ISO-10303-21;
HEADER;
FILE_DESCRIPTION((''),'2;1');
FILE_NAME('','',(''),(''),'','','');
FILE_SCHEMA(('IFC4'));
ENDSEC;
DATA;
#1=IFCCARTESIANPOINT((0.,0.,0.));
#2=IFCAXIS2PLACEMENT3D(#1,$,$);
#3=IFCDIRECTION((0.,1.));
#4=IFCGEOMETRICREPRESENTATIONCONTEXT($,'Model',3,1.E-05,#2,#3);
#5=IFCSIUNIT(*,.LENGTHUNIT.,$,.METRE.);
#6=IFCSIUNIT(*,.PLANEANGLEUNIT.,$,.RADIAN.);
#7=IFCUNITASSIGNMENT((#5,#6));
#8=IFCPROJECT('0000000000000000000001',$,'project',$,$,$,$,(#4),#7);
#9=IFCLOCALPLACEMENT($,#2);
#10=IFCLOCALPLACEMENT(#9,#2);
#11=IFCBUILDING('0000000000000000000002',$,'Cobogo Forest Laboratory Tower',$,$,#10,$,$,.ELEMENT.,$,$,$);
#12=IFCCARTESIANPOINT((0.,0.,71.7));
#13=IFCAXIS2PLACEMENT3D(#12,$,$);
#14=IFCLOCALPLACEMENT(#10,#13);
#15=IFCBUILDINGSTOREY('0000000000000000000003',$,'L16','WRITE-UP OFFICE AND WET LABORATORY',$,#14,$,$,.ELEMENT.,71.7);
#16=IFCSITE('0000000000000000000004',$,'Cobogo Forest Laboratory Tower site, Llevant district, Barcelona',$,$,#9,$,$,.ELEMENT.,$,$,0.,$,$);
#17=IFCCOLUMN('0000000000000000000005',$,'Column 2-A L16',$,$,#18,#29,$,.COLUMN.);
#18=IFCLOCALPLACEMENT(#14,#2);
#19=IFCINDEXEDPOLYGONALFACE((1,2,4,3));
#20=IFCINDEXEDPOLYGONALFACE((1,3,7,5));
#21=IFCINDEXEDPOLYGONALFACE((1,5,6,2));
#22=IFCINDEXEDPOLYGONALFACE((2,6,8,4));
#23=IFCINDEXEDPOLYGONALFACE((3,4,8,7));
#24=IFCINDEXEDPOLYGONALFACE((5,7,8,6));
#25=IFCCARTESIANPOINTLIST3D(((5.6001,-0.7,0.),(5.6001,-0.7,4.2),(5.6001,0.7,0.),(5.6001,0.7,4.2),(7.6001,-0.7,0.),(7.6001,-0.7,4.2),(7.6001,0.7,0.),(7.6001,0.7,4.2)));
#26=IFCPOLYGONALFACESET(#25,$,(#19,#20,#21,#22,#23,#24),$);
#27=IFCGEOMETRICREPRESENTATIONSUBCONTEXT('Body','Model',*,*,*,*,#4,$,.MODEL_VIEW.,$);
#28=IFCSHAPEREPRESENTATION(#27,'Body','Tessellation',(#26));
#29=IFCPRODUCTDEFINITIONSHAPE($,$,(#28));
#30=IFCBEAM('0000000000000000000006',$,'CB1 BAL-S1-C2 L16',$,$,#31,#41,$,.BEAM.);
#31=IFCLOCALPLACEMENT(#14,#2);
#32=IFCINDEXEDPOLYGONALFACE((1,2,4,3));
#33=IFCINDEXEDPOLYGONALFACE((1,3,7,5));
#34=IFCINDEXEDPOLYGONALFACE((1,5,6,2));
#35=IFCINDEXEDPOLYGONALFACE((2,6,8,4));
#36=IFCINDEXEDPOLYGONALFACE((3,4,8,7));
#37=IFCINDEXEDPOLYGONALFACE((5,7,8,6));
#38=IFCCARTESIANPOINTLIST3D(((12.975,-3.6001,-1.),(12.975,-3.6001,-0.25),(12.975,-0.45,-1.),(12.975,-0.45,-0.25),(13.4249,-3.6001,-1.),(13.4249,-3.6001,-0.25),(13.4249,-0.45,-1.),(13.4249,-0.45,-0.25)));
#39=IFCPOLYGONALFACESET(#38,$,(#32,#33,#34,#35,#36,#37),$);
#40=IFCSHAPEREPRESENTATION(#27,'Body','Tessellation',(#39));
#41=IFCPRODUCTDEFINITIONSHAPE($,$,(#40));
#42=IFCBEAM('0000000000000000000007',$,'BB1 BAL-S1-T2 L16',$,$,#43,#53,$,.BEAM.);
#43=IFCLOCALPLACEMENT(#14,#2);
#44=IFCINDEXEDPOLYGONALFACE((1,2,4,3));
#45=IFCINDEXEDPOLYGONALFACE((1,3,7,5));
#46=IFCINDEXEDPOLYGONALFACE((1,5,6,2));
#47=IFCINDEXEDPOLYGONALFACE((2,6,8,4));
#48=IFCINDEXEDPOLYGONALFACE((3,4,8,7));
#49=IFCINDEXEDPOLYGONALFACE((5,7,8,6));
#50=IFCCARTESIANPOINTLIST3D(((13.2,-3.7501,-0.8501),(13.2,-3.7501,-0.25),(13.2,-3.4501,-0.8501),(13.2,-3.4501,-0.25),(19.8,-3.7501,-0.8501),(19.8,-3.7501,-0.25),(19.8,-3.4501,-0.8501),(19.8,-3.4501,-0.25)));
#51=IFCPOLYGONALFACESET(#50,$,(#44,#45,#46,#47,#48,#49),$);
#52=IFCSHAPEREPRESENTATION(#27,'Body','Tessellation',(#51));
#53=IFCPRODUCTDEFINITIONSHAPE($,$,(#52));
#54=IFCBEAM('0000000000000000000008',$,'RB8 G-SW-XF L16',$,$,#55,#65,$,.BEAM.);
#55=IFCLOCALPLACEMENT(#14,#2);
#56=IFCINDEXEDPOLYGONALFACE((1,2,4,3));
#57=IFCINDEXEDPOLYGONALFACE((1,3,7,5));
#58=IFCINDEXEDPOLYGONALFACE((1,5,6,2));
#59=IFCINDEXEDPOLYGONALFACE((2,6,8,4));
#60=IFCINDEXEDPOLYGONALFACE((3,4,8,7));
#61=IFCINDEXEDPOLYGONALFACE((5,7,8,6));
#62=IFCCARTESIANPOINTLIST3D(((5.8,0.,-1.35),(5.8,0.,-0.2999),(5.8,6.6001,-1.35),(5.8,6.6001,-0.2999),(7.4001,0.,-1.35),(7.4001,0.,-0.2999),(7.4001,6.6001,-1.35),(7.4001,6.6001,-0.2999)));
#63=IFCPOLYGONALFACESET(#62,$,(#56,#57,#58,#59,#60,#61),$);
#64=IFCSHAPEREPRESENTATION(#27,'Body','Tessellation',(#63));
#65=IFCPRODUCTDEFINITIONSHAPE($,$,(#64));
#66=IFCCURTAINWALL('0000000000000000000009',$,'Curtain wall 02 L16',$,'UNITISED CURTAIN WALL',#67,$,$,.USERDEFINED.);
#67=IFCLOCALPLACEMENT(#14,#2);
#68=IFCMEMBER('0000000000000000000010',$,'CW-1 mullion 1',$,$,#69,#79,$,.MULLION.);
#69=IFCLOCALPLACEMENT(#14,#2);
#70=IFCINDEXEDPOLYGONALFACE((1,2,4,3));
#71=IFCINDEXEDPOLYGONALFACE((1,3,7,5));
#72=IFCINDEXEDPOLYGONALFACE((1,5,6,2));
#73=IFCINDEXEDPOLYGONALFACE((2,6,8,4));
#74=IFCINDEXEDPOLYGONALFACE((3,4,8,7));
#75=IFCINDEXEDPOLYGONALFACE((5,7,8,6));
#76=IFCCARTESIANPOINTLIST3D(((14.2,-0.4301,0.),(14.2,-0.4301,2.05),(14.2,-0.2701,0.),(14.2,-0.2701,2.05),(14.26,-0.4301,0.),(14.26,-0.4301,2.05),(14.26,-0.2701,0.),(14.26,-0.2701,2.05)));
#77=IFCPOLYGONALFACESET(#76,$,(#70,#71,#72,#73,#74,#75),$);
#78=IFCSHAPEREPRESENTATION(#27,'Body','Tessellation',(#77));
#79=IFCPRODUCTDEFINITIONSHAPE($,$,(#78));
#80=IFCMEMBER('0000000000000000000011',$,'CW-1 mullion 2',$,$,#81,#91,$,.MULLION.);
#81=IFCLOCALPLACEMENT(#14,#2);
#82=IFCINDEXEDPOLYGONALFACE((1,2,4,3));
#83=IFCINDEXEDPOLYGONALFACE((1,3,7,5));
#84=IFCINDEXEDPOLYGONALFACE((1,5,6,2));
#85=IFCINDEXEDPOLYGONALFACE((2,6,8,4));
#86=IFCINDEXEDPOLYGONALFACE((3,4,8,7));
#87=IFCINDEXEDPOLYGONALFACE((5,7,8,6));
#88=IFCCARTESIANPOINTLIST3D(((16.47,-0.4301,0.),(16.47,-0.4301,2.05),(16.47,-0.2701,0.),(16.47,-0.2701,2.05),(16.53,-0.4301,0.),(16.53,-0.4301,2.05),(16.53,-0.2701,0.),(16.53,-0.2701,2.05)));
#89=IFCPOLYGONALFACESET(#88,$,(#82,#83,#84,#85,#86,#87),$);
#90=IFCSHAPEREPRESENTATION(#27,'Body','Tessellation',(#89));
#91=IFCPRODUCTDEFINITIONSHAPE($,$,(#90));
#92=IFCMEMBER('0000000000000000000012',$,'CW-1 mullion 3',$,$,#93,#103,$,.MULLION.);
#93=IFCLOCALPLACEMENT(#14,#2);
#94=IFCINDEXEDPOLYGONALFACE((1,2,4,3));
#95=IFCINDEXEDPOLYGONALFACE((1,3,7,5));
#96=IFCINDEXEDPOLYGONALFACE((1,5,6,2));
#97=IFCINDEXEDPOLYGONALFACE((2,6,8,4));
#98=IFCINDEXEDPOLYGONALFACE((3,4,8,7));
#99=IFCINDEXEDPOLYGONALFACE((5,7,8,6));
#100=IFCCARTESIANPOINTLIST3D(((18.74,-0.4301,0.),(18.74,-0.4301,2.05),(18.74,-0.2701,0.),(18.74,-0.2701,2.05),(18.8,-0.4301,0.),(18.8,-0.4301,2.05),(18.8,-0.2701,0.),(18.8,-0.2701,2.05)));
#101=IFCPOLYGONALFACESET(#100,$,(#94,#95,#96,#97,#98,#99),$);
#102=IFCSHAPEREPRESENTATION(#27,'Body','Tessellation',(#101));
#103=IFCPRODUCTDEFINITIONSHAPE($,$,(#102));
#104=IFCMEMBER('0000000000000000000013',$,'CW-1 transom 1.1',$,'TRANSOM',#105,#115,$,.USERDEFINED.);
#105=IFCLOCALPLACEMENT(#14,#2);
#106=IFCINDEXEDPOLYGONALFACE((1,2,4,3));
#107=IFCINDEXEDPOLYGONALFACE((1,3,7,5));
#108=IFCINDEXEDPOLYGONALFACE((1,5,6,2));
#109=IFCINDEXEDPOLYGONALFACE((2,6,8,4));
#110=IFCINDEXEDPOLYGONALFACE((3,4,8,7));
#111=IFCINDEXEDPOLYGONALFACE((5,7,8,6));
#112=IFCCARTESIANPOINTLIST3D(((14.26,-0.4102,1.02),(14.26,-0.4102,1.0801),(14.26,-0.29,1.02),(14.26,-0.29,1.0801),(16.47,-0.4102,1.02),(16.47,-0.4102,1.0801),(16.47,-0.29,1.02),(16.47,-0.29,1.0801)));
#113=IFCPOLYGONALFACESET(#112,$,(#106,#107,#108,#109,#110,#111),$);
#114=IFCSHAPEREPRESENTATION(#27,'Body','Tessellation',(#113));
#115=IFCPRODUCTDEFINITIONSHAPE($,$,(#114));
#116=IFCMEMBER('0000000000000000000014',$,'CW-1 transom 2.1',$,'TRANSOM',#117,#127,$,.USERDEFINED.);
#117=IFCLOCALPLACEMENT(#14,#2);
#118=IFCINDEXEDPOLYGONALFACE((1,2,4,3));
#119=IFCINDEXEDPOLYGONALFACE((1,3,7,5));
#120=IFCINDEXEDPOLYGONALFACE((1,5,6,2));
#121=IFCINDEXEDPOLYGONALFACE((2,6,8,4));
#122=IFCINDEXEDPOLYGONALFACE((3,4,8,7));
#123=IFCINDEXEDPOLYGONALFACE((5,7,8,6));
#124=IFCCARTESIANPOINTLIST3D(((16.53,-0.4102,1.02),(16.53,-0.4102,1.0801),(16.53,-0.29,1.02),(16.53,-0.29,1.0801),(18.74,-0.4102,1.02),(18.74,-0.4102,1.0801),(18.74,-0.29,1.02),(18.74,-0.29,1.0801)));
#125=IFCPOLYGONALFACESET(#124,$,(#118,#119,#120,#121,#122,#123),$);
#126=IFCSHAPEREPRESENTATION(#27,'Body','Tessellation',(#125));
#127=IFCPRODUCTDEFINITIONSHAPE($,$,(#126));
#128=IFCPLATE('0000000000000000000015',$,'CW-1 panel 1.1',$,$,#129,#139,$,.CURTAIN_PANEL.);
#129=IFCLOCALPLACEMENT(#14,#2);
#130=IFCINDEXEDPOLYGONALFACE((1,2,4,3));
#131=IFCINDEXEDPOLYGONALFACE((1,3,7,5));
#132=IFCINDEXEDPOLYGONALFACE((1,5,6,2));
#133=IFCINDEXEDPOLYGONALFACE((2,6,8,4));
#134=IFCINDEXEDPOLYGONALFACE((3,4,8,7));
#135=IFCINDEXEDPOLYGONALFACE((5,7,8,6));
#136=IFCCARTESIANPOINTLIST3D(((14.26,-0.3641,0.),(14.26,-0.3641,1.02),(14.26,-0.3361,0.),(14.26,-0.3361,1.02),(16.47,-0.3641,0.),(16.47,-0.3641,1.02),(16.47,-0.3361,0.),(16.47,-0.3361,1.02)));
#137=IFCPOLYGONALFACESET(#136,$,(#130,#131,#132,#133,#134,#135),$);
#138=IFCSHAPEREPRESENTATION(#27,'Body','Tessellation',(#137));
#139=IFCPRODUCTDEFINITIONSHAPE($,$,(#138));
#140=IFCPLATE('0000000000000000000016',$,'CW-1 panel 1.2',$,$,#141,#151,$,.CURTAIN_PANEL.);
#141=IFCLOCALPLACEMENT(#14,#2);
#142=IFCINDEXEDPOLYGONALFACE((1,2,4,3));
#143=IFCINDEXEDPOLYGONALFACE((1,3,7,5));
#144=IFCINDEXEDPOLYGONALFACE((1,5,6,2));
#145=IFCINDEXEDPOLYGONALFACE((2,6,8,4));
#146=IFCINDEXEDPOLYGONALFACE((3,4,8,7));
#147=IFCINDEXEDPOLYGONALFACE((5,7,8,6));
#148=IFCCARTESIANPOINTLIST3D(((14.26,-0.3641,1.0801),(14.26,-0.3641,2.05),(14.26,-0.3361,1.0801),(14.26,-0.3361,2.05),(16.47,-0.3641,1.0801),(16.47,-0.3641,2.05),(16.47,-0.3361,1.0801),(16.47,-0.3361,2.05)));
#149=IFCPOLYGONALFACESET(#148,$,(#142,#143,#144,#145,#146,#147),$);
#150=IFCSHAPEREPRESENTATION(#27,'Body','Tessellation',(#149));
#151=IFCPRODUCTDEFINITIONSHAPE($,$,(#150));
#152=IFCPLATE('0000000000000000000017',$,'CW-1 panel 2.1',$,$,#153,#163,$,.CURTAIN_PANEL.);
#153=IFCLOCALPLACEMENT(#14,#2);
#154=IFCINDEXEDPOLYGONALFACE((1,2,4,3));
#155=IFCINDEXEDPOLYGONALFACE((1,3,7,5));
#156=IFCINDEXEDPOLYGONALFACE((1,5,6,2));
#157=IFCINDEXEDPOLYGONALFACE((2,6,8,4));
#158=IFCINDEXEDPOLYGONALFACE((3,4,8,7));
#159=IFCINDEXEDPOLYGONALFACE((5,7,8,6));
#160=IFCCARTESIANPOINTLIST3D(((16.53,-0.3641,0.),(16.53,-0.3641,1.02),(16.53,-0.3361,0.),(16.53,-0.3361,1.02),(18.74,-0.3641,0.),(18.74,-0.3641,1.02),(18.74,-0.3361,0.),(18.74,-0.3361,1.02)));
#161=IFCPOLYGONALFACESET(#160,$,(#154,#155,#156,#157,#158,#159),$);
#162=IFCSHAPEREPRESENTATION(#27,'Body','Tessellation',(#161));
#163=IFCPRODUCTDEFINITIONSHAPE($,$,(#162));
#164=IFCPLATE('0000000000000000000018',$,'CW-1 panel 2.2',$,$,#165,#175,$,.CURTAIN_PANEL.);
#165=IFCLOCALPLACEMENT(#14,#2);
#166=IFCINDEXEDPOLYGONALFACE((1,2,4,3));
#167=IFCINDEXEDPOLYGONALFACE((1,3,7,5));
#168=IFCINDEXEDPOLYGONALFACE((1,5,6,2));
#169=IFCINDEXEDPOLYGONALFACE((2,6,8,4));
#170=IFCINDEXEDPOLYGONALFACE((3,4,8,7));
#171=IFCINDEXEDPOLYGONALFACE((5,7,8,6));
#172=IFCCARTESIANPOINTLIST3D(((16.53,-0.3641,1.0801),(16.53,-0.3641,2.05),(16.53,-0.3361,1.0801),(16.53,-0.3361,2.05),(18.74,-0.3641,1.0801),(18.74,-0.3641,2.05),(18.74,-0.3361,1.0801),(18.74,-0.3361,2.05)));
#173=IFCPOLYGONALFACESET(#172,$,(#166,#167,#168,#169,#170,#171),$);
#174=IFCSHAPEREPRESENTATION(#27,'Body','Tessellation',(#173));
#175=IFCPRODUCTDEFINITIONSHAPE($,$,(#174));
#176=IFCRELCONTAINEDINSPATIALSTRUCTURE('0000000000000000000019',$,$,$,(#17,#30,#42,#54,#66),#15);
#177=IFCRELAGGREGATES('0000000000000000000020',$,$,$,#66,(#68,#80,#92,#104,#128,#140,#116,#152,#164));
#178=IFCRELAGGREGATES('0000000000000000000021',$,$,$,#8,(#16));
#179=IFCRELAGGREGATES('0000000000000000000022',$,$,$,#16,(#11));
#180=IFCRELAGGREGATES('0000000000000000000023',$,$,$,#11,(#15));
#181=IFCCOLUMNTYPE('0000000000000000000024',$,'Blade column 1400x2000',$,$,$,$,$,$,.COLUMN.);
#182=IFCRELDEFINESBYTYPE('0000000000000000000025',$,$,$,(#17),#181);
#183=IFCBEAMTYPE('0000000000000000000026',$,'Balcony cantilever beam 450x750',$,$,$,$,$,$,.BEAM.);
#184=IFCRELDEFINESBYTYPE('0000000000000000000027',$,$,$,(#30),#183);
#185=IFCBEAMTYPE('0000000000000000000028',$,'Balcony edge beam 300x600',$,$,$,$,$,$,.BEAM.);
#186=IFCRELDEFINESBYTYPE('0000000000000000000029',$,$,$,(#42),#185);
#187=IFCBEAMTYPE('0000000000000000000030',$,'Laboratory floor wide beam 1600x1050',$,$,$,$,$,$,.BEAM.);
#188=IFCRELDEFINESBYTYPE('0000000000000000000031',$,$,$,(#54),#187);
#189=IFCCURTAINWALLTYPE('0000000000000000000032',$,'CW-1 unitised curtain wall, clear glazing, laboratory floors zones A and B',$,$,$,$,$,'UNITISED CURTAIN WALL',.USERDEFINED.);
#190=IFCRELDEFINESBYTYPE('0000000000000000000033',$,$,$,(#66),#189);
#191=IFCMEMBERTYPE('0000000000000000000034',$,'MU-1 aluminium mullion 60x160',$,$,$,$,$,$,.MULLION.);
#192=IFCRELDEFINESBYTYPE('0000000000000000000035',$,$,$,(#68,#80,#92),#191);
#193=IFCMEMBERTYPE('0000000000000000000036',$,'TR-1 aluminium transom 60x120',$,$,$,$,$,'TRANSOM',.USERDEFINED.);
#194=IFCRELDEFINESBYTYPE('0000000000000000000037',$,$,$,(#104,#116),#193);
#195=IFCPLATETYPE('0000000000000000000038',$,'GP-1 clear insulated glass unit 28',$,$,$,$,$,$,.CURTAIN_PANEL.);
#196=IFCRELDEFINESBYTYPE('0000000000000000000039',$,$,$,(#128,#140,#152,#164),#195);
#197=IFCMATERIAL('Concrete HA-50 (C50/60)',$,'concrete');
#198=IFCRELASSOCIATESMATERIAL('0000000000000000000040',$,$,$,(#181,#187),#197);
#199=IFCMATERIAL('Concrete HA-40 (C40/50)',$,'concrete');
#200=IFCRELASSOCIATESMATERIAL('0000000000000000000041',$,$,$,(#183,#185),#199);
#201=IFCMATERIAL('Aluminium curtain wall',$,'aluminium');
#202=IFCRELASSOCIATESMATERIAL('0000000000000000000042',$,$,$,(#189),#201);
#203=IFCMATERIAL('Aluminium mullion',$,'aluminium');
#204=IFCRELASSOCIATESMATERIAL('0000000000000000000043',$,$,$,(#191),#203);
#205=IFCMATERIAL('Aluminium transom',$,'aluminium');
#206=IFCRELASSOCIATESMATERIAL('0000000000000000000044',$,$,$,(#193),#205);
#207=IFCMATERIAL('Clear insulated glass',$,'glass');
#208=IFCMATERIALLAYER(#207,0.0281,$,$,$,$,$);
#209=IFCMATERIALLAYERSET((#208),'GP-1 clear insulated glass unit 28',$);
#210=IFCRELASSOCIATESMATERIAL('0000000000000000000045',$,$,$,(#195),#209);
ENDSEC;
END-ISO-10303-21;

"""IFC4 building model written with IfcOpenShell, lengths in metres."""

from ifc_helpers import new_model, si_unit, direction, frame, origin, origin_2d, place, context, subcontext, project, spatial, rectangle, extrude, material, layer, layer_set, material_profile, profile_set, type_object, element, aggregate, save


model = new_model("IFC4")

# Units and contexts
model_context = context("Model", 3, precision=1e-05, world=origin(), true_north=direction((0.0, 1.0)))
body_context = subcontext(model_context, "Body", "Model", "MODEL_VIEW")
ifc_project = project(units=[si_unit("LENGTHUNIT", "METRE"), si_unit("PLANEANGLEUNIT", "RADIAN")], contexts=[model_context])

# Site, building, storey
site_placement = place(None, origin())
site = spatial("IfcSite", under=ifc_project, at=site_placement, Name="Cobogo Forest Laboratory Tower site, Llevant district, Barcelona", CompositionType="ELEMENT", RefElevation=0.0)
building_placement = place(site_placement, origin())
building = spatial("IfcBuilding", under=site, at=building_placement, Name="Cobogo Forest Laboratory Tower", CompositionType="ELEMENT")
storey_placement = place(building_placement, frame((0.0, 0.0, 71.7)))
storey = spatial("IfcBuildingStorey", under=building, at=storey_placement, Name="L16", Description="WRITE-UP OFFICE AND WET LABORATORY", CompositionType="ELEMENT", Elevation=71.7)

# Column
ifc_material_1 = material(Name="Concrete HA-50 (C50/60)", Category="concrete")
ifc_material_profile_1 = material_profile(ifc_material_1, rectangle(XDim=2.0, YDim=1.3999, at=origin_2d()), Name="RC 1400x2000")
ifc_profile_set_1 = profile_set([ifc_material_profile_1], Name="Concrete HA-50 (C50/60)")
column_type = type_object("IfcColumnType", Name="Blade column 1400x2000", PredefinedType="COLUMN", material=ifc_profile_set_1)
column_placement = place(storey_placement, frame((6.6001, 0.0, 0.0), z_axis=(0.0, 0.0, 1.0), x_axis=(1.0, 0.0, 0.0)))
element("IfcColumn", 1, at=column_placement, inside=storey, type_object=column_type, Name="Column 2-A L16", PredefinedType="COLUMN", context=body_context, shape_type="SweptSolid", body=[
    extrude(rectangle(XDim=2.0, YDim=1.3999, at=origin_2d()), origin(), (0.0, 0.0, 1.0), 4.2),
])

# Beams
ifc_material_2 = material(Name="Concrete HA-40 (C40/50)", Category="concrete")
ifc_material_profile_2 = material_profile(ifc_material_2, rectangle(XDim=0.45, YDim=0.75, at=origin_2d()), Name="RC 450x750")
ifc_profile_set_2 = profile_set([ifc_material_profile_2], Name="Concrete HA-40 (C40/50)")
beam_type_1 = type_object("IfcBeamType", Name="Balcony cantilever beam 450x750", PredefinedType="BEAM", material=ifc_profile_set_2)
beam_1_placement = place(storey_placement, frame((13.2, -0.45, -0.625), z_axis=(0.0, -1.0, 0.0), x_axis=(1.0, 0.0, 0.0)))
element("IfcBeam", 2, at=beam_1_placement, inside=storey, type_object=beam_type_1, Name="CB1 BAL-S1-C2 L16", PredefinedType="BEAM", context=body_context, shape_type="SweptSolid", body=[
    extrude(rectangle(XDim=0.45, YDim=0.75, at=origin_2d()), origin(), (0.0, 0.0, 1.0), 3.1501),
])
ifc_material_profile_3 = material_profile(ifc_material_2, rectangle(XDim=0.3, YDim=0.6001, at=origin_2d()), Name="RC 300x600")
ifc_profile_set_3 = profile_set([ifc_material_profile_3], Name="Concrete HA-40 (C40/50)")
beam_type_2 = type_object("IfcBeamType", Name="Balcony edge beam 300x600", PredefinedType="BEAM", material=ifc_profile_set_3)
beam_2_placement = place(storey_placement, frame((13.2, -3.6001, -0.55), z_axis=(1.0, 0.0, 0.0), x_axis=(0.0, 1.0, 0.0)))
element("IfcBeam", 3, at=beam_2_placement, inside=storey, type_object=beam_type_2, Name="BB1 BAL-S1-T2 L16", PredefinedType="BEAM", context=body_context, shape_type="SweptSolid", body=[
    extrude(rectangle(XDim=0.3, YDim=0.6001, at=origin_2d()), origin(), (0.0, 0.0, 1.0), 6.6001),
])
ifc_material_profile_4 = material_profile(ifc_material_1, rectangle(XDim=1.6001, YDim=1.05, at=origin_2d()), Name="RC 1600x1050")
ifc_profile_set_4 = profile_set([ifc_material_profile_4], Name="Concrete HA-50 (C50/60)")
beam_type_3 = type_object("IfcBeamType", Name="Laboratory floor wide beam 1600x1050", PredefinedType="BEAM", material=ifc_profile_set_4)
beam_3_placement = place(storey_placement, frame((6.6001, 0.0, -0.825), z_axis=(0.0, 1.0, 0.0), x_axis=(-1.0, 0.0, 0.0)))
element("IfcBeam", 4, at=beam_3_placement, inside=storey, type_object=beam_type_3, Name="RB8 G-SW-XF L16", PredefinedType="BEAM", context=body_context, shape_type="SweptSolid", body=[
    extrude(rectangle(XDim=1.6001, YDim=1.05, at=origin_2d()), origin(), (0.0, 0.0, 1.0), 6.6001),
])

# Curtain wall, members, plates
ifc_material_3 = material(Name="Aluminium curtain wall", Category="aluminium")
curtain_wall_type = type_object("IfcCurtainWallType", Name="CW-1 unitised curtain wall, clear glazing, laboratory floors zones A and B", ElementType="UNITISED CURTAIN WALL", PredefinedType="USERDEFINED", material=ifc_material_3)
curtain_wall_placement = place(storey_placement, origin())
curtain_wall = element("IfcCurtainWall", 5, at=curtain_wall_placement, inside=storey, type_object=curtain_wall_type, Name="Curtain wall 02 L16", ObjectType="UNITISED CURTAIN WALL", PredefinedType="USERDEFINED")
ifc_material_4 = material(Name="Aluminium mullion", Category="aluminium")
ifc_material_profile_5 = material_profile(ifc_material_4, rectangle(XDim=0.0601, YDim=0.1599, at=origin_2d()), Name="AL 60x160")
ifc_profile_set_5 = profile_set([ifc_material_profile_5], Name="Aluminium mullion")
member_type_1 = type_object("IfcMemberType", Name="MU-1 aluminium mullion 60x160", PredefinedType="MULLION", material=ifc_profile_set_5)
member_1_placement = place(storey_placement, frame((14.23, -0.3501, 0.0), z_axis=(0.0, 0.0, 1.0), x_axis=(1.0, 0.0, 0.0)))
member_1 = element("IfcMember", 6, at=member_1_placement, type_object=member_type_1, Name="CW-1 mullion 1", PredefinedType="MULLION", context=body_context, shape_type="SweptSolid", body=[
    extrude(rectangle(XDim=0.0601, YDim=0.1599, at=origin_2d()), origin(), (0.0, 0.0, 1.0), 2.05),
])
member_2_placement = place(storey_placement, frame((16.5, -0.3501, 0.0), z_axis=(0.0, 0.0, 1.0), x_axis=(1.0, 0.0, 0.0)))
member_2 = element("IfcMember", 7, at=member_2_placement, type_object=member_type_1, Name="CW-1 mullion 2", PredefinedType="MULLION", context=body_context, shape_type="SweptSolid", body=[
    extrude(rectangle(XDim=0.0601, YDim=0.1599, at=origin_2d()), origin(), (0.0, 0.0, 1.0), 2.05),
])
member_3_placement = place(storey_placement, frame((18.77, -0.3501, 0.0), z_axis=(0.0, 0.0, 1.0), x_axis=(1.0, 0.0, 0.0)))
member_3 = element("IfcMember", 8, at=member_3_placement, type_object=member_type_1, Name="CW-1 mullion 3", PredefinedType="MULLION", context=body_context, shape_type="SweptSolid", body=[
    extrude(rectangle(XDim=0.0601, YDim=0.1599, at=origin_2d()), origin(), (0.0, 0.0, 1.0), 2.05),
])
ifc_material_5 = material(Name="Aluminium transom", Category="aluminium")
ifc_material_profile_6 = material_profile(ifc_material_5, rectangle(XDim=0.1201, YDim=0.0601, at=origin_2d()), Name="AL 60x120")
ifc_profile_set_6 = profile_set([ifc_material_profile_6], Name="Aluminium transom")
member_type_2 = type_object("IfcMemberType", Name="TR-1 aluminium transom 60x120", ElementType="TRANSOM", PredefinedType="USERDEFINED", material=ifc_profile_set_6)
member_4_placement = place(storey_placement, frame((14.26, -0.3501, 1.05), z_axis=(1.0, 0.0, 0.0), x_axis=(0.0, 1.0, 0.0)))
member_4 = element("IfcMember", 9, at=member_4_placement, type_object=member_type_2, Name="CW-1 transom 1.1", ObjectType="TRANSOM", PredefinedType="USERDEFINED", context=body_context, shape_type="SweptSolid", body=[
    extrude(rectangle(XDim=0.1201, YDim=0.0601, at=origin_2d()), origin(), (0.0, 0.0, 1.0), 2.21),
])
member_5_placement = place(storey_placement, frame((16.53, -0.3501, 1.05), z_axis=(1.0, 0.0, 0.0), x_axis=(0.0, 1.0, 0.0)))
member_5 = element("IfcMember", 10, at=member_5_placement, type_object=member_type_2, Name="CW-1 transom 2.1", ObjectType="TRANSOM", PredefinedType="USERDEFINED", context=body_context, shape_type="SweptSolid", body=[
    extrude(rectangle(XDim=0.1201, YDim=0.0601, at=origin_2d()), origin(), (0.0, 0.0, 1.0), 2.21),
])
ifc_material_6 = material(Name="Clear insulated glass", Category="glass")
ifc_layer_1 = layer(ifc_material_6, 0.0281)
ifc_layer_set_1 = layer_set([ifc_layer_1], Name="GP-1 clear insulated glass unit 28")
plate_type = type_object("IfcPlateType", Name="GP-1 clear insulated glass unit 28", PredefinedType="CURTAIN_PANEL", material=ifc_layer_set_1)
plate_1_placement = place(storey_placement, frame((15.365, -0.3501, 0.0), z_axis=(0.0, 0.0, 1.0), x_axis=(1.0, 0.0, 0.0)))
plate_1 = element("IfcPlate", 11, at=plate_1_placement, type_object=plate_type, Name="CW-1 panel 1.1", PredefinedType="CURTAIN_PANEL", context=body_context, shape_type="SweptSolid", body=[
    extrude(rectangle(XDim=2.21, YDim=0.0281, at=origin_2d()), origin(), (0.0, 0.0, 1.0), 1.02),
])
plate_2_placement = place(storey_placement, frame((15.365, -0.3501, 1.0801), z_axis=(0.0, 0.0, 1.0), x_axis=(1.0, 0.0, 0.0)))
plate_2 = element("IfcPlate", 12, at=plate_2_placement, type_object=plate_type, Name="CW-1 panel 1.2", PredefinedType="CURTAIN_PANEL", context=body_context, shape_type="SweptSolid", body=[
    extrude(rectangle(XDim=2.21, YDim=0.0281, at=origin_2d()), origin(), (0.0, 0.0, 1.0), 0.97),
])
plate_3_placement = place(storey_placement, frame((17.635, -0.3501, 0.0), z_axis=(0.0, 0.0, 1.0), x_axis=(1.0, 0.0, 0.0)))
plate_3 = element("IfcPlate", 13, at=plate_3_placement, type_object=plate_type, Name="CW-1 panel 2.1", PredefinedType="CURTAIN_PANEL", context=body_context, shape_type="SweptSolid", body=[
    extrude(rectangle(XDim=2.21, YDim=0.0281, at=origin_2d()), origin(), (0.0, 0.0, 1.0), 1.02),
])
plate_4_placement = place(storey_placement, frame((17.635, -0.3501, 1.0801), z_axis=(0.0, 0.0, 1.0), x_axis=(1.0, 0.0, 0.0)))
plate_4 = element("IfcPlate", 14, at=plate_4_placement, type_object=plate_type, Name="CW-1 panel 2.2", PredefinedType="CURTAIN_PANEL", context=body_context, shape_type="SweptSolid", body=[
    extrude(rectangle(XDim=2.21, YDim=0.0281, at=origin_2d()), origin(), (0.0, 0.0, 1.0), 0.97),
])
aggregate(curtain_wall, [member_1, member_2, member_3, member_4, plate_1, plate_2, member_5, plate_3, plate_4])

save(model, "model.ifc")
